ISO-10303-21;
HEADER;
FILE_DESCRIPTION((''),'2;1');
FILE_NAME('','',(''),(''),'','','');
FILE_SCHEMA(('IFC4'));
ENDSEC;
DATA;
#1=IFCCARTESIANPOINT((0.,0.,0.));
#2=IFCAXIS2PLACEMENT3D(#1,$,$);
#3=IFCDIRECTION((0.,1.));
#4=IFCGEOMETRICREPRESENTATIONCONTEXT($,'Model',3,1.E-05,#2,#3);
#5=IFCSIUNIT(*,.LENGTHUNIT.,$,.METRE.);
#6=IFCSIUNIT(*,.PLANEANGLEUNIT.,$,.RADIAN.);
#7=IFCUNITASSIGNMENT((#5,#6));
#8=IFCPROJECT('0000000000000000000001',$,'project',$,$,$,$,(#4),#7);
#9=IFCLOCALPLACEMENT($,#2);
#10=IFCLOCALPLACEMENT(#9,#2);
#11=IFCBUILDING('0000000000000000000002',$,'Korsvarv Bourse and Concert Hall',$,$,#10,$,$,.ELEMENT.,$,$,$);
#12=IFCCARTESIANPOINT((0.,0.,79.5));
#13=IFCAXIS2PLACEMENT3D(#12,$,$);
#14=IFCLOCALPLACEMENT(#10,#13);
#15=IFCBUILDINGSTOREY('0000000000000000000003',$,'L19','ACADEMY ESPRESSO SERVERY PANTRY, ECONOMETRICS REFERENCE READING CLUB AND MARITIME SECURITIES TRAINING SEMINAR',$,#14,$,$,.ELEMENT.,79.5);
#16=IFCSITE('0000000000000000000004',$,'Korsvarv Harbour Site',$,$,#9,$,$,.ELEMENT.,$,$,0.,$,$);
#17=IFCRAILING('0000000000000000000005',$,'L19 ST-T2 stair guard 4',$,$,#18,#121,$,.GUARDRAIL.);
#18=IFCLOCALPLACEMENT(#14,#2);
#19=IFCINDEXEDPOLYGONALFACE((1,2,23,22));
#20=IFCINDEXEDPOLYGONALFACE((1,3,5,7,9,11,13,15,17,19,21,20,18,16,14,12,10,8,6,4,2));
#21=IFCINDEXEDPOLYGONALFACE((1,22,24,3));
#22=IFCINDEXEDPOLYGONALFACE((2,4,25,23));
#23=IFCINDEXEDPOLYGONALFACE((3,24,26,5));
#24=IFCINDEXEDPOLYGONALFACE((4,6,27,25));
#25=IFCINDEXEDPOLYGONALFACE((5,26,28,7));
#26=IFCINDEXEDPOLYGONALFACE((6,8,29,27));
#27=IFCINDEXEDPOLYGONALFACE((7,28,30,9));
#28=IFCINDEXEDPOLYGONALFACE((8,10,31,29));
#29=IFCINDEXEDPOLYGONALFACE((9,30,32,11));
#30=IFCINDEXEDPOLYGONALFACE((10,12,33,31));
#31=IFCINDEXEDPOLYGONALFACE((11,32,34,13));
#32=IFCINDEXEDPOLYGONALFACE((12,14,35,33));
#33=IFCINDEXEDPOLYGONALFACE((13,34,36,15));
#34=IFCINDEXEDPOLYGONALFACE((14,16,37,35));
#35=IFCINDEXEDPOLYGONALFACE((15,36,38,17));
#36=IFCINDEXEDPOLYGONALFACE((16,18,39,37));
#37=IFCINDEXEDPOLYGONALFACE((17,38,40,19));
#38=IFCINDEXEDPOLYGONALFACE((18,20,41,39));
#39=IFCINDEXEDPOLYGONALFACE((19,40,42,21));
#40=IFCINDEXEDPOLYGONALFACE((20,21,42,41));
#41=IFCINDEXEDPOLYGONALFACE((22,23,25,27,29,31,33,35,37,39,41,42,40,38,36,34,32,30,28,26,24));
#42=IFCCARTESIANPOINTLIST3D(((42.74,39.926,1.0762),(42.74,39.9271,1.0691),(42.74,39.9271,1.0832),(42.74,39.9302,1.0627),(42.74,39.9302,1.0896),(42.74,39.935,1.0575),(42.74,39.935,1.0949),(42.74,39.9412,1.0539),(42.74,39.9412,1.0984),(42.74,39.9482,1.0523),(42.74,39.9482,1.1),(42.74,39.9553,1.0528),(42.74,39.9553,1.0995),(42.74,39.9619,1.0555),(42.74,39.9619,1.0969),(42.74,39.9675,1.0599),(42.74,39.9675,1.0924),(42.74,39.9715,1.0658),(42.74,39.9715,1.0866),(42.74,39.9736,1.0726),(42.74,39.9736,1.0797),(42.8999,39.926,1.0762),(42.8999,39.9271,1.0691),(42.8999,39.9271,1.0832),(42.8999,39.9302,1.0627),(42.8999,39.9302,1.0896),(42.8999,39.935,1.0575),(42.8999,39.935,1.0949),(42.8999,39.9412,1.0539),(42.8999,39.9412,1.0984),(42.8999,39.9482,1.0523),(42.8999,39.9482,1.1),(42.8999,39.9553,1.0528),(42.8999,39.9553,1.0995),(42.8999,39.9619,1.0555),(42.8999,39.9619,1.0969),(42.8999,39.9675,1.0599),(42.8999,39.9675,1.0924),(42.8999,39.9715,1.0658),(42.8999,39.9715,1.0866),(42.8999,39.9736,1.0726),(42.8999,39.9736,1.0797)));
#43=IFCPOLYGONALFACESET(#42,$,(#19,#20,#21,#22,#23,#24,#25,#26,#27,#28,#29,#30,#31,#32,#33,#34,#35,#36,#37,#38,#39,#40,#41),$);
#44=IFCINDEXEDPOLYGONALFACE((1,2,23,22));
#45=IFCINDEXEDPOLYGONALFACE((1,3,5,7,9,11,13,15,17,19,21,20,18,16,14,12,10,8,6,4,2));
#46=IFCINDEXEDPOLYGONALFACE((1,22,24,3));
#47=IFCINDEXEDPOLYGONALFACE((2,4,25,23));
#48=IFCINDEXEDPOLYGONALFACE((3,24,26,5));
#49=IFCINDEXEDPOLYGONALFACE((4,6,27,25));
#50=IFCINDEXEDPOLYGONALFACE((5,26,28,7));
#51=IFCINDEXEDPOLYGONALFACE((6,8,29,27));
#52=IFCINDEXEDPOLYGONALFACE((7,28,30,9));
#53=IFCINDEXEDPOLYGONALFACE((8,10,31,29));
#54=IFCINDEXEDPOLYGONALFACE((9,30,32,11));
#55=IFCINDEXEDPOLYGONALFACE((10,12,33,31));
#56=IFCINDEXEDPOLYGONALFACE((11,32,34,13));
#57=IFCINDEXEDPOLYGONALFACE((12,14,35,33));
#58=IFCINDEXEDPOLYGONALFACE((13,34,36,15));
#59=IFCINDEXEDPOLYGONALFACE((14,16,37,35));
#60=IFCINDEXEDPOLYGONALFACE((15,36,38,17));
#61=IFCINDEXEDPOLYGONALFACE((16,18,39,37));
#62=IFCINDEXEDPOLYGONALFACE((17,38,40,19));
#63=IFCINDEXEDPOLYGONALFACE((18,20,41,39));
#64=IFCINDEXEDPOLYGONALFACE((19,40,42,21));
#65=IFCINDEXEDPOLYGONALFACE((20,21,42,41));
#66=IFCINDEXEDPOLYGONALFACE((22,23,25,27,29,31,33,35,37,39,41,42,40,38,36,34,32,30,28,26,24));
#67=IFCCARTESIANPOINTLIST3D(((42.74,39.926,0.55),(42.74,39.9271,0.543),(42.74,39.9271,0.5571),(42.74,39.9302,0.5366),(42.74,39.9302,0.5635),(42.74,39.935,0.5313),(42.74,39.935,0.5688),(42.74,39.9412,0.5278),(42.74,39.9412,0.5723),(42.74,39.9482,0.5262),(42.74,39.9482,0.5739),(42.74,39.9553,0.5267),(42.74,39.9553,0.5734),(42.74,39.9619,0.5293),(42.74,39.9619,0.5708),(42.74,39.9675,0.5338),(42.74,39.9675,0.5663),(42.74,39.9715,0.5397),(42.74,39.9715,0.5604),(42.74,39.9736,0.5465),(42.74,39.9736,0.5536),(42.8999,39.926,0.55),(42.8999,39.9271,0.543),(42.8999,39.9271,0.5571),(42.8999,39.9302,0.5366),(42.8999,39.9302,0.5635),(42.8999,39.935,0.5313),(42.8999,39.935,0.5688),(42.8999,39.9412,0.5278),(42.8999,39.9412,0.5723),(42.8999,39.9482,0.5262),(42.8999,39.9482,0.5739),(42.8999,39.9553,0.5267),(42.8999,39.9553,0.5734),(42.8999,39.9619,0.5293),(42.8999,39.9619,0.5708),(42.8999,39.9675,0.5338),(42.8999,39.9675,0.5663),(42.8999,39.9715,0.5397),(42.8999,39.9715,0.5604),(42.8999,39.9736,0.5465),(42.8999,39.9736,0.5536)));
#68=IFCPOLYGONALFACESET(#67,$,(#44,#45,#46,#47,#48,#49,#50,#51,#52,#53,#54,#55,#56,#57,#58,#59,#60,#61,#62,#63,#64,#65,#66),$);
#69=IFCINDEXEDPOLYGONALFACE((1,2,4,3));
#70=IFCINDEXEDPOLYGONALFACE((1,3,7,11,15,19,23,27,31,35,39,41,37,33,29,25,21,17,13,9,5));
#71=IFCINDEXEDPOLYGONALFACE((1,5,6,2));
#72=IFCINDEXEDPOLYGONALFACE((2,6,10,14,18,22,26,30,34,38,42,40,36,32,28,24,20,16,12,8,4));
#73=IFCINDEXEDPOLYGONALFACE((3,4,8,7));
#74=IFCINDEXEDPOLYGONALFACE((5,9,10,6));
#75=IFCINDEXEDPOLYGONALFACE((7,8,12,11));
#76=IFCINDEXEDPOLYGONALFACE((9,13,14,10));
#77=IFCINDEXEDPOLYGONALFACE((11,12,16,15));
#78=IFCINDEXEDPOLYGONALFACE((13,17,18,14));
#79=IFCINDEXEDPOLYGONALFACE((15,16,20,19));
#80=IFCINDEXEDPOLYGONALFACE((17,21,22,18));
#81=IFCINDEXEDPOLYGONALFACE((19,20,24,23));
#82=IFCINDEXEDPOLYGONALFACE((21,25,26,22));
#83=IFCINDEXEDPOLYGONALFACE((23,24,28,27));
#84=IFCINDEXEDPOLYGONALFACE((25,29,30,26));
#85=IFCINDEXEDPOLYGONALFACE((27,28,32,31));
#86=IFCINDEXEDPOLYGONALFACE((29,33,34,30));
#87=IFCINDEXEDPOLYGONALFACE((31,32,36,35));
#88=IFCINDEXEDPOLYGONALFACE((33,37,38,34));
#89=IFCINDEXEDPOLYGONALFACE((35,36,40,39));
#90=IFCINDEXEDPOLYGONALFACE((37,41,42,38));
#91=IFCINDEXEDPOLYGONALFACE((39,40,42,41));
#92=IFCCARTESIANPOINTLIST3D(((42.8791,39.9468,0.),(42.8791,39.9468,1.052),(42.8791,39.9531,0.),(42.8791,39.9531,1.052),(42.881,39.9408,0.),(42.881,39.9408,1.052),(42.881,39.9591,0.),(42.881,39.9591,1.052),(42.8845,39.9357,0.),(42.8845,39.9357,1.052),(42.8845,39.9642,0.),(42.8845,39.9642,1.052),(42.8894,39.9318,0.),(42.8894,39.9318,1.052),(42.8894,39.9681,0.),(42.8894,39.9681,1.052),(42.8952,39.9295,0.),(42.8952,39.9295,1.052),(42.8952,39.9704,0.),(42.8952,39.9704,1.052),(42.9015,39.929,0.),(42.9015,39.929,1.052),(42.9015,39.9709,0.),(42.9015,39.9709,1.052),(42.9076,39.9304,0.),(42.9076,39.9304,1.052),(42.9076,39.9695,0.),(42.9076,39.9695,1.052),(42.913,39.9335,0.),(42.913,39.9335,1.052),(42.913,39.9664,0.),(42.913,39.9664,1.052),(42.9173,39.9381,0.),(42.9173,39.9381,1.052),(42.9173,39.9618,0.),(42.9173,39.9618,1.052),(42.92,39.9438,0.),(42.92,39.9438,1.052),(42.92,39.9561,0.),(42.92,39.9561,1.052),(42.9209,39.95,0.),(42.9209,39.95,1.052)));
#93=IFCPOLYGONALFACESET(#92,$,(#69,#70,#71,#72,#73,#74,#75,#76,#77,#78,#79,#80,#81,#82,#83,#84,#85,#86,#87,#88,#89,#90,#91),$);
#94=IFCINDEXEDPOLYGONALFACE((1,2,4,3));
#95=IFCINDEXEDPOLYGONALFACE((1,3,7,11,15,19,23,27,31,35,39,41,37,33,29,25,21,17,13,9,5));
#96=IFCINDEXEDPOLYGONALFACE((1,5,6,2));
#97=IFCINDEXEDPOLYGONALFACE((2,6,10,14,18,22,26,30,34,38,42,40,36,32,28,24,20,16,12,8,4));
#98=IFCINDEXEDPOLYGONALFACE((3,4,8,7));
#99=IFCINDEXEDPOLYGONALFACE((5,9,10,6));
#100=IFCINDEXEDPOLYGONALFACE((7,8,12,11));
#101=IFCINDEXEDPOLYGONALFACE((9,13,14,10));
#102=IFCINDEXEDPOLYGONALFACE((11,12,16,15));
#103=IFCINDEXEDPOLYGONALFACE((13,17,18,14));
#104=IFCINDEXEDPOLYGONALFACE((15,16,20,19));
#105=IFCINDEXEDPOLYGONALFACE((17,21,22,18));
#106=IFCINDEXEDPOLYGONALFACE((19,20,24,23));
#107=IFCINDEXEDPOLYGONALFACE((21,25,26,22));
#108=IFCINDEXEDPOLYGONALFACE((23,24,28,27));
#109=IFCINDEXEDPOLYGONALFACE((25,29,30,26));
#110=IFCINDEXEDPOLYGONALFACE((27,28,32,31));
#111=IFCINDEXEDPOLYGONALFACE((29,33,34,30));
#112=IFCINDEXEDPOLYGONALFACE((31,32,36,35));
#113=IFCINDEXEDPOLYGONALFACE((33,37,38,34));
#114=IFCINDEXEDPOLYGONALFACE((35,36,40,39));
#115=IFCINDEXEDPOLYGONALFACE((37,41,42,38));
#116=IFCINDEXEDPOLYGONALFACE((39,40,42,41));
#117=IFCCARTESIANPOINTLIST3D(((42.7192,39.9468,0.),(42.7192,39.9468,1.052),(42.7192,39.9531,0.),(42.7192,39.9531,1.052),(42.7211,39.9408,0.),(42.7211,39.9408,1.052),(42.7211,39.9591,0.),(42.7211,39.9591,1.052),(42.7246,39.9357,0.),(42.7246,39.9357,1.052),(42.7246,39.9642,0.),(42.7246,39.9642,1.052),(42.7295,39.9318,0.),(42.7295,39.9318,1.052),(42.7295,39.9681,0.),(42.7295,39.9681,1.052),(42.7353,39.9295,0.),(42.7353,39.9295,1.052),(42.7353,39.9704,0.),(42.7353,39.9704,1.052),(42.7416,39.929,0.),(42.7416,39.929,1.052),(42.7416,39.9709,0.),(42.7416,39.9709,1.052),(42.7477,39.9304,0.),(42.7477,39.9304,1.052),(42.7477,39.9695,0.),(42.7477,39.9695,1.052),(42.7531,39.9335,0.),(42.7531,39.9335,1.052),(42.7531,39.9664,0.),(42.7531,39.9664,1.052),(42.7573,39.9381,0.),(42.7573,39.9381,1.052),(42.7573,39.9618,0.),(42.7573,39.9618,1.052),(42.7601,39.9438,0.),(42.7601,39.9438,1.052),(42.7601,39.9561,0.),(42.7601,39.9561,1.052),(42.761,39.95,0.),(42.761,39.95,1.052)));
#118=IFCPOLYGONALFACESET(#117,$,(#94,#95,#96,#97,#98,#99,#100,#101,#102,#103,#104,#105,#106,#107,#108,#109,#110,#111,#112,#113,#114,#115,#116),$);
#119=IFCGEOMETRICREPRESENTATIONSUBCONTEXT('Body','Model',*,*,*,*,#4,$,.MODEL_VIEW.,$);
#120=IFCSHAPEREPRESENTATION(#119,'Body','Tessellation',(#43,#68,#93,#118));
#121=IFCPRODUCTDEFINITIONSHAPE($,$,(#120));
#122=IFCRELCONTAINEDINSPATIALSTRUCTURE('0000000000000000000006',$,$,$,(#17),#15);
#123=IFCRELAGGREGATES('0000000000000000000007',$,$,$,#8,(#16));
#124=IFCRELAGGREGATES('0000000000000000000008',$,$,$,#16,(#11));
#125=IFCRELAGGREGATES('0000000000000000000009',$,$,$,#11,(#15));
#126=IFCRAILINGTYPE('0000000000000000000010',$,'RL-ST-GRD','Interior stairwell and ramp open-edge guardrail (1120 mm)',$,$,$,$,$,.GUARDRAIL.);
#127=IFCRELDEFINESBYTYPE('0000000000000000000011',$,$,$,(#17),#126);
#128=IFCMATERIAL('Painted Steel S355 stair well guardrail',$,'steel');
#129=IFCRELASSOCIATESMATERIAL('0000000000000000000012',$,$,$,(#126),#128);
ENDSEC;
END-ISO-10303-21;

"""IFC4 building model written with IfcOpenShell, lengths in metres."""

from ifc_helpers import new_model, si_unit, direction, frame, origin, origin_2d, place, context, subcontext, project, spatial, circle, extrude, material, type_object, element, save


model = new_model("IFC4")

# Units and contexts
model_context = context("Model", 3, precision=1e-05, world=origin(), true_north=direction((0.0, 1.0)))
body_context = subcontext(model_context, "Body", "Model", "MODEL_VIEW")
ifc_project = project(units=[si_unit("LENGTHUNIT", "METRE"), si_unit("PLANEANGLEUNIT", "RADIAN")], contexts=[model_context])

# Site, building, storey
site_placement = place(None, origin())
site = spatial("IfcSite", under=ifc_project, at=site_placement, Name="Korsvarv Harbour Site", CompositionType="ELEMENT", RefElevation=0.0)
building_placement = place(site_placement, origin())
building = spatial("IfcBuilding", under=site, at=building_placement, Name="Korsvarv Bourse and Concert Hall", CompositionType="ELEMENT")
storey_placement = place(building_placement, frame((0.0, 0.0, 79.5)))
storey = spatial("IfcBuildingStorey", under=building, at=storey_placement, Name="L19", Description="ACADEMY ESPRESSO SERVERY PANTRY, ECONOMETRICS REFERENCE READING CLUB AND MARITIME SECURITIES TRAINING SEMINAR", CompositionType="ELEMENT", Elevation=79.5)

# Railing
ifc_material_1 = material(Name="Painted Steel S355 stair well guardrail", Category="steel")
railing_type_1 = type_object("IfcRailingType", Name="RL-ST-GRD", Description="Interior stairwell and ramp open-edge guardrail (1120 mm)", PredefinedType="GUARDRAIL", material=ifc_material_1)
railing_1_placement = place(storey_placement, frame((42.8999, 39.95, 0.0)))
element("IfcRailing", 1, at=railing_1_placement, inside=storey, type_object=railing_type_1, Name="L19 ST-T2 stair guard 4", PredefinedType="GUARDRAIL", context=body_context, shape_type="SweptSolid", body=[
    extrude(circle(Radius=0.0239, at=origin_2d()), frame((0.0, 0.0, 1.0762), z_axis=(-1.0, 0.0, 0.0), x_axis=(0.0, -1.0, 0.0)), (0.0, 0.0, 1.0), 0.1599),
    extrude(circle(Radius=0.0239, at=origin_2d()), frame((0.0, 0.0, 0.55), z_axis=(-1.0, 0.0, 0.0), x_axis=(0.0, -1.0, 0.0)), (0.0, 0.0, 1.0), 0.1599),
    extrude(circle(Radius=0.021, at=origin_2d()), origin(), (0.0, 0.0, 1.0), 1.052),
    extrude(circle(Radius=0.021, at=origin_2d()), frame((-0.1599, 0.0, 0.0)), (0.0, 0.0, 1.0), 1.052),
])

save(model, "model.ifc")
